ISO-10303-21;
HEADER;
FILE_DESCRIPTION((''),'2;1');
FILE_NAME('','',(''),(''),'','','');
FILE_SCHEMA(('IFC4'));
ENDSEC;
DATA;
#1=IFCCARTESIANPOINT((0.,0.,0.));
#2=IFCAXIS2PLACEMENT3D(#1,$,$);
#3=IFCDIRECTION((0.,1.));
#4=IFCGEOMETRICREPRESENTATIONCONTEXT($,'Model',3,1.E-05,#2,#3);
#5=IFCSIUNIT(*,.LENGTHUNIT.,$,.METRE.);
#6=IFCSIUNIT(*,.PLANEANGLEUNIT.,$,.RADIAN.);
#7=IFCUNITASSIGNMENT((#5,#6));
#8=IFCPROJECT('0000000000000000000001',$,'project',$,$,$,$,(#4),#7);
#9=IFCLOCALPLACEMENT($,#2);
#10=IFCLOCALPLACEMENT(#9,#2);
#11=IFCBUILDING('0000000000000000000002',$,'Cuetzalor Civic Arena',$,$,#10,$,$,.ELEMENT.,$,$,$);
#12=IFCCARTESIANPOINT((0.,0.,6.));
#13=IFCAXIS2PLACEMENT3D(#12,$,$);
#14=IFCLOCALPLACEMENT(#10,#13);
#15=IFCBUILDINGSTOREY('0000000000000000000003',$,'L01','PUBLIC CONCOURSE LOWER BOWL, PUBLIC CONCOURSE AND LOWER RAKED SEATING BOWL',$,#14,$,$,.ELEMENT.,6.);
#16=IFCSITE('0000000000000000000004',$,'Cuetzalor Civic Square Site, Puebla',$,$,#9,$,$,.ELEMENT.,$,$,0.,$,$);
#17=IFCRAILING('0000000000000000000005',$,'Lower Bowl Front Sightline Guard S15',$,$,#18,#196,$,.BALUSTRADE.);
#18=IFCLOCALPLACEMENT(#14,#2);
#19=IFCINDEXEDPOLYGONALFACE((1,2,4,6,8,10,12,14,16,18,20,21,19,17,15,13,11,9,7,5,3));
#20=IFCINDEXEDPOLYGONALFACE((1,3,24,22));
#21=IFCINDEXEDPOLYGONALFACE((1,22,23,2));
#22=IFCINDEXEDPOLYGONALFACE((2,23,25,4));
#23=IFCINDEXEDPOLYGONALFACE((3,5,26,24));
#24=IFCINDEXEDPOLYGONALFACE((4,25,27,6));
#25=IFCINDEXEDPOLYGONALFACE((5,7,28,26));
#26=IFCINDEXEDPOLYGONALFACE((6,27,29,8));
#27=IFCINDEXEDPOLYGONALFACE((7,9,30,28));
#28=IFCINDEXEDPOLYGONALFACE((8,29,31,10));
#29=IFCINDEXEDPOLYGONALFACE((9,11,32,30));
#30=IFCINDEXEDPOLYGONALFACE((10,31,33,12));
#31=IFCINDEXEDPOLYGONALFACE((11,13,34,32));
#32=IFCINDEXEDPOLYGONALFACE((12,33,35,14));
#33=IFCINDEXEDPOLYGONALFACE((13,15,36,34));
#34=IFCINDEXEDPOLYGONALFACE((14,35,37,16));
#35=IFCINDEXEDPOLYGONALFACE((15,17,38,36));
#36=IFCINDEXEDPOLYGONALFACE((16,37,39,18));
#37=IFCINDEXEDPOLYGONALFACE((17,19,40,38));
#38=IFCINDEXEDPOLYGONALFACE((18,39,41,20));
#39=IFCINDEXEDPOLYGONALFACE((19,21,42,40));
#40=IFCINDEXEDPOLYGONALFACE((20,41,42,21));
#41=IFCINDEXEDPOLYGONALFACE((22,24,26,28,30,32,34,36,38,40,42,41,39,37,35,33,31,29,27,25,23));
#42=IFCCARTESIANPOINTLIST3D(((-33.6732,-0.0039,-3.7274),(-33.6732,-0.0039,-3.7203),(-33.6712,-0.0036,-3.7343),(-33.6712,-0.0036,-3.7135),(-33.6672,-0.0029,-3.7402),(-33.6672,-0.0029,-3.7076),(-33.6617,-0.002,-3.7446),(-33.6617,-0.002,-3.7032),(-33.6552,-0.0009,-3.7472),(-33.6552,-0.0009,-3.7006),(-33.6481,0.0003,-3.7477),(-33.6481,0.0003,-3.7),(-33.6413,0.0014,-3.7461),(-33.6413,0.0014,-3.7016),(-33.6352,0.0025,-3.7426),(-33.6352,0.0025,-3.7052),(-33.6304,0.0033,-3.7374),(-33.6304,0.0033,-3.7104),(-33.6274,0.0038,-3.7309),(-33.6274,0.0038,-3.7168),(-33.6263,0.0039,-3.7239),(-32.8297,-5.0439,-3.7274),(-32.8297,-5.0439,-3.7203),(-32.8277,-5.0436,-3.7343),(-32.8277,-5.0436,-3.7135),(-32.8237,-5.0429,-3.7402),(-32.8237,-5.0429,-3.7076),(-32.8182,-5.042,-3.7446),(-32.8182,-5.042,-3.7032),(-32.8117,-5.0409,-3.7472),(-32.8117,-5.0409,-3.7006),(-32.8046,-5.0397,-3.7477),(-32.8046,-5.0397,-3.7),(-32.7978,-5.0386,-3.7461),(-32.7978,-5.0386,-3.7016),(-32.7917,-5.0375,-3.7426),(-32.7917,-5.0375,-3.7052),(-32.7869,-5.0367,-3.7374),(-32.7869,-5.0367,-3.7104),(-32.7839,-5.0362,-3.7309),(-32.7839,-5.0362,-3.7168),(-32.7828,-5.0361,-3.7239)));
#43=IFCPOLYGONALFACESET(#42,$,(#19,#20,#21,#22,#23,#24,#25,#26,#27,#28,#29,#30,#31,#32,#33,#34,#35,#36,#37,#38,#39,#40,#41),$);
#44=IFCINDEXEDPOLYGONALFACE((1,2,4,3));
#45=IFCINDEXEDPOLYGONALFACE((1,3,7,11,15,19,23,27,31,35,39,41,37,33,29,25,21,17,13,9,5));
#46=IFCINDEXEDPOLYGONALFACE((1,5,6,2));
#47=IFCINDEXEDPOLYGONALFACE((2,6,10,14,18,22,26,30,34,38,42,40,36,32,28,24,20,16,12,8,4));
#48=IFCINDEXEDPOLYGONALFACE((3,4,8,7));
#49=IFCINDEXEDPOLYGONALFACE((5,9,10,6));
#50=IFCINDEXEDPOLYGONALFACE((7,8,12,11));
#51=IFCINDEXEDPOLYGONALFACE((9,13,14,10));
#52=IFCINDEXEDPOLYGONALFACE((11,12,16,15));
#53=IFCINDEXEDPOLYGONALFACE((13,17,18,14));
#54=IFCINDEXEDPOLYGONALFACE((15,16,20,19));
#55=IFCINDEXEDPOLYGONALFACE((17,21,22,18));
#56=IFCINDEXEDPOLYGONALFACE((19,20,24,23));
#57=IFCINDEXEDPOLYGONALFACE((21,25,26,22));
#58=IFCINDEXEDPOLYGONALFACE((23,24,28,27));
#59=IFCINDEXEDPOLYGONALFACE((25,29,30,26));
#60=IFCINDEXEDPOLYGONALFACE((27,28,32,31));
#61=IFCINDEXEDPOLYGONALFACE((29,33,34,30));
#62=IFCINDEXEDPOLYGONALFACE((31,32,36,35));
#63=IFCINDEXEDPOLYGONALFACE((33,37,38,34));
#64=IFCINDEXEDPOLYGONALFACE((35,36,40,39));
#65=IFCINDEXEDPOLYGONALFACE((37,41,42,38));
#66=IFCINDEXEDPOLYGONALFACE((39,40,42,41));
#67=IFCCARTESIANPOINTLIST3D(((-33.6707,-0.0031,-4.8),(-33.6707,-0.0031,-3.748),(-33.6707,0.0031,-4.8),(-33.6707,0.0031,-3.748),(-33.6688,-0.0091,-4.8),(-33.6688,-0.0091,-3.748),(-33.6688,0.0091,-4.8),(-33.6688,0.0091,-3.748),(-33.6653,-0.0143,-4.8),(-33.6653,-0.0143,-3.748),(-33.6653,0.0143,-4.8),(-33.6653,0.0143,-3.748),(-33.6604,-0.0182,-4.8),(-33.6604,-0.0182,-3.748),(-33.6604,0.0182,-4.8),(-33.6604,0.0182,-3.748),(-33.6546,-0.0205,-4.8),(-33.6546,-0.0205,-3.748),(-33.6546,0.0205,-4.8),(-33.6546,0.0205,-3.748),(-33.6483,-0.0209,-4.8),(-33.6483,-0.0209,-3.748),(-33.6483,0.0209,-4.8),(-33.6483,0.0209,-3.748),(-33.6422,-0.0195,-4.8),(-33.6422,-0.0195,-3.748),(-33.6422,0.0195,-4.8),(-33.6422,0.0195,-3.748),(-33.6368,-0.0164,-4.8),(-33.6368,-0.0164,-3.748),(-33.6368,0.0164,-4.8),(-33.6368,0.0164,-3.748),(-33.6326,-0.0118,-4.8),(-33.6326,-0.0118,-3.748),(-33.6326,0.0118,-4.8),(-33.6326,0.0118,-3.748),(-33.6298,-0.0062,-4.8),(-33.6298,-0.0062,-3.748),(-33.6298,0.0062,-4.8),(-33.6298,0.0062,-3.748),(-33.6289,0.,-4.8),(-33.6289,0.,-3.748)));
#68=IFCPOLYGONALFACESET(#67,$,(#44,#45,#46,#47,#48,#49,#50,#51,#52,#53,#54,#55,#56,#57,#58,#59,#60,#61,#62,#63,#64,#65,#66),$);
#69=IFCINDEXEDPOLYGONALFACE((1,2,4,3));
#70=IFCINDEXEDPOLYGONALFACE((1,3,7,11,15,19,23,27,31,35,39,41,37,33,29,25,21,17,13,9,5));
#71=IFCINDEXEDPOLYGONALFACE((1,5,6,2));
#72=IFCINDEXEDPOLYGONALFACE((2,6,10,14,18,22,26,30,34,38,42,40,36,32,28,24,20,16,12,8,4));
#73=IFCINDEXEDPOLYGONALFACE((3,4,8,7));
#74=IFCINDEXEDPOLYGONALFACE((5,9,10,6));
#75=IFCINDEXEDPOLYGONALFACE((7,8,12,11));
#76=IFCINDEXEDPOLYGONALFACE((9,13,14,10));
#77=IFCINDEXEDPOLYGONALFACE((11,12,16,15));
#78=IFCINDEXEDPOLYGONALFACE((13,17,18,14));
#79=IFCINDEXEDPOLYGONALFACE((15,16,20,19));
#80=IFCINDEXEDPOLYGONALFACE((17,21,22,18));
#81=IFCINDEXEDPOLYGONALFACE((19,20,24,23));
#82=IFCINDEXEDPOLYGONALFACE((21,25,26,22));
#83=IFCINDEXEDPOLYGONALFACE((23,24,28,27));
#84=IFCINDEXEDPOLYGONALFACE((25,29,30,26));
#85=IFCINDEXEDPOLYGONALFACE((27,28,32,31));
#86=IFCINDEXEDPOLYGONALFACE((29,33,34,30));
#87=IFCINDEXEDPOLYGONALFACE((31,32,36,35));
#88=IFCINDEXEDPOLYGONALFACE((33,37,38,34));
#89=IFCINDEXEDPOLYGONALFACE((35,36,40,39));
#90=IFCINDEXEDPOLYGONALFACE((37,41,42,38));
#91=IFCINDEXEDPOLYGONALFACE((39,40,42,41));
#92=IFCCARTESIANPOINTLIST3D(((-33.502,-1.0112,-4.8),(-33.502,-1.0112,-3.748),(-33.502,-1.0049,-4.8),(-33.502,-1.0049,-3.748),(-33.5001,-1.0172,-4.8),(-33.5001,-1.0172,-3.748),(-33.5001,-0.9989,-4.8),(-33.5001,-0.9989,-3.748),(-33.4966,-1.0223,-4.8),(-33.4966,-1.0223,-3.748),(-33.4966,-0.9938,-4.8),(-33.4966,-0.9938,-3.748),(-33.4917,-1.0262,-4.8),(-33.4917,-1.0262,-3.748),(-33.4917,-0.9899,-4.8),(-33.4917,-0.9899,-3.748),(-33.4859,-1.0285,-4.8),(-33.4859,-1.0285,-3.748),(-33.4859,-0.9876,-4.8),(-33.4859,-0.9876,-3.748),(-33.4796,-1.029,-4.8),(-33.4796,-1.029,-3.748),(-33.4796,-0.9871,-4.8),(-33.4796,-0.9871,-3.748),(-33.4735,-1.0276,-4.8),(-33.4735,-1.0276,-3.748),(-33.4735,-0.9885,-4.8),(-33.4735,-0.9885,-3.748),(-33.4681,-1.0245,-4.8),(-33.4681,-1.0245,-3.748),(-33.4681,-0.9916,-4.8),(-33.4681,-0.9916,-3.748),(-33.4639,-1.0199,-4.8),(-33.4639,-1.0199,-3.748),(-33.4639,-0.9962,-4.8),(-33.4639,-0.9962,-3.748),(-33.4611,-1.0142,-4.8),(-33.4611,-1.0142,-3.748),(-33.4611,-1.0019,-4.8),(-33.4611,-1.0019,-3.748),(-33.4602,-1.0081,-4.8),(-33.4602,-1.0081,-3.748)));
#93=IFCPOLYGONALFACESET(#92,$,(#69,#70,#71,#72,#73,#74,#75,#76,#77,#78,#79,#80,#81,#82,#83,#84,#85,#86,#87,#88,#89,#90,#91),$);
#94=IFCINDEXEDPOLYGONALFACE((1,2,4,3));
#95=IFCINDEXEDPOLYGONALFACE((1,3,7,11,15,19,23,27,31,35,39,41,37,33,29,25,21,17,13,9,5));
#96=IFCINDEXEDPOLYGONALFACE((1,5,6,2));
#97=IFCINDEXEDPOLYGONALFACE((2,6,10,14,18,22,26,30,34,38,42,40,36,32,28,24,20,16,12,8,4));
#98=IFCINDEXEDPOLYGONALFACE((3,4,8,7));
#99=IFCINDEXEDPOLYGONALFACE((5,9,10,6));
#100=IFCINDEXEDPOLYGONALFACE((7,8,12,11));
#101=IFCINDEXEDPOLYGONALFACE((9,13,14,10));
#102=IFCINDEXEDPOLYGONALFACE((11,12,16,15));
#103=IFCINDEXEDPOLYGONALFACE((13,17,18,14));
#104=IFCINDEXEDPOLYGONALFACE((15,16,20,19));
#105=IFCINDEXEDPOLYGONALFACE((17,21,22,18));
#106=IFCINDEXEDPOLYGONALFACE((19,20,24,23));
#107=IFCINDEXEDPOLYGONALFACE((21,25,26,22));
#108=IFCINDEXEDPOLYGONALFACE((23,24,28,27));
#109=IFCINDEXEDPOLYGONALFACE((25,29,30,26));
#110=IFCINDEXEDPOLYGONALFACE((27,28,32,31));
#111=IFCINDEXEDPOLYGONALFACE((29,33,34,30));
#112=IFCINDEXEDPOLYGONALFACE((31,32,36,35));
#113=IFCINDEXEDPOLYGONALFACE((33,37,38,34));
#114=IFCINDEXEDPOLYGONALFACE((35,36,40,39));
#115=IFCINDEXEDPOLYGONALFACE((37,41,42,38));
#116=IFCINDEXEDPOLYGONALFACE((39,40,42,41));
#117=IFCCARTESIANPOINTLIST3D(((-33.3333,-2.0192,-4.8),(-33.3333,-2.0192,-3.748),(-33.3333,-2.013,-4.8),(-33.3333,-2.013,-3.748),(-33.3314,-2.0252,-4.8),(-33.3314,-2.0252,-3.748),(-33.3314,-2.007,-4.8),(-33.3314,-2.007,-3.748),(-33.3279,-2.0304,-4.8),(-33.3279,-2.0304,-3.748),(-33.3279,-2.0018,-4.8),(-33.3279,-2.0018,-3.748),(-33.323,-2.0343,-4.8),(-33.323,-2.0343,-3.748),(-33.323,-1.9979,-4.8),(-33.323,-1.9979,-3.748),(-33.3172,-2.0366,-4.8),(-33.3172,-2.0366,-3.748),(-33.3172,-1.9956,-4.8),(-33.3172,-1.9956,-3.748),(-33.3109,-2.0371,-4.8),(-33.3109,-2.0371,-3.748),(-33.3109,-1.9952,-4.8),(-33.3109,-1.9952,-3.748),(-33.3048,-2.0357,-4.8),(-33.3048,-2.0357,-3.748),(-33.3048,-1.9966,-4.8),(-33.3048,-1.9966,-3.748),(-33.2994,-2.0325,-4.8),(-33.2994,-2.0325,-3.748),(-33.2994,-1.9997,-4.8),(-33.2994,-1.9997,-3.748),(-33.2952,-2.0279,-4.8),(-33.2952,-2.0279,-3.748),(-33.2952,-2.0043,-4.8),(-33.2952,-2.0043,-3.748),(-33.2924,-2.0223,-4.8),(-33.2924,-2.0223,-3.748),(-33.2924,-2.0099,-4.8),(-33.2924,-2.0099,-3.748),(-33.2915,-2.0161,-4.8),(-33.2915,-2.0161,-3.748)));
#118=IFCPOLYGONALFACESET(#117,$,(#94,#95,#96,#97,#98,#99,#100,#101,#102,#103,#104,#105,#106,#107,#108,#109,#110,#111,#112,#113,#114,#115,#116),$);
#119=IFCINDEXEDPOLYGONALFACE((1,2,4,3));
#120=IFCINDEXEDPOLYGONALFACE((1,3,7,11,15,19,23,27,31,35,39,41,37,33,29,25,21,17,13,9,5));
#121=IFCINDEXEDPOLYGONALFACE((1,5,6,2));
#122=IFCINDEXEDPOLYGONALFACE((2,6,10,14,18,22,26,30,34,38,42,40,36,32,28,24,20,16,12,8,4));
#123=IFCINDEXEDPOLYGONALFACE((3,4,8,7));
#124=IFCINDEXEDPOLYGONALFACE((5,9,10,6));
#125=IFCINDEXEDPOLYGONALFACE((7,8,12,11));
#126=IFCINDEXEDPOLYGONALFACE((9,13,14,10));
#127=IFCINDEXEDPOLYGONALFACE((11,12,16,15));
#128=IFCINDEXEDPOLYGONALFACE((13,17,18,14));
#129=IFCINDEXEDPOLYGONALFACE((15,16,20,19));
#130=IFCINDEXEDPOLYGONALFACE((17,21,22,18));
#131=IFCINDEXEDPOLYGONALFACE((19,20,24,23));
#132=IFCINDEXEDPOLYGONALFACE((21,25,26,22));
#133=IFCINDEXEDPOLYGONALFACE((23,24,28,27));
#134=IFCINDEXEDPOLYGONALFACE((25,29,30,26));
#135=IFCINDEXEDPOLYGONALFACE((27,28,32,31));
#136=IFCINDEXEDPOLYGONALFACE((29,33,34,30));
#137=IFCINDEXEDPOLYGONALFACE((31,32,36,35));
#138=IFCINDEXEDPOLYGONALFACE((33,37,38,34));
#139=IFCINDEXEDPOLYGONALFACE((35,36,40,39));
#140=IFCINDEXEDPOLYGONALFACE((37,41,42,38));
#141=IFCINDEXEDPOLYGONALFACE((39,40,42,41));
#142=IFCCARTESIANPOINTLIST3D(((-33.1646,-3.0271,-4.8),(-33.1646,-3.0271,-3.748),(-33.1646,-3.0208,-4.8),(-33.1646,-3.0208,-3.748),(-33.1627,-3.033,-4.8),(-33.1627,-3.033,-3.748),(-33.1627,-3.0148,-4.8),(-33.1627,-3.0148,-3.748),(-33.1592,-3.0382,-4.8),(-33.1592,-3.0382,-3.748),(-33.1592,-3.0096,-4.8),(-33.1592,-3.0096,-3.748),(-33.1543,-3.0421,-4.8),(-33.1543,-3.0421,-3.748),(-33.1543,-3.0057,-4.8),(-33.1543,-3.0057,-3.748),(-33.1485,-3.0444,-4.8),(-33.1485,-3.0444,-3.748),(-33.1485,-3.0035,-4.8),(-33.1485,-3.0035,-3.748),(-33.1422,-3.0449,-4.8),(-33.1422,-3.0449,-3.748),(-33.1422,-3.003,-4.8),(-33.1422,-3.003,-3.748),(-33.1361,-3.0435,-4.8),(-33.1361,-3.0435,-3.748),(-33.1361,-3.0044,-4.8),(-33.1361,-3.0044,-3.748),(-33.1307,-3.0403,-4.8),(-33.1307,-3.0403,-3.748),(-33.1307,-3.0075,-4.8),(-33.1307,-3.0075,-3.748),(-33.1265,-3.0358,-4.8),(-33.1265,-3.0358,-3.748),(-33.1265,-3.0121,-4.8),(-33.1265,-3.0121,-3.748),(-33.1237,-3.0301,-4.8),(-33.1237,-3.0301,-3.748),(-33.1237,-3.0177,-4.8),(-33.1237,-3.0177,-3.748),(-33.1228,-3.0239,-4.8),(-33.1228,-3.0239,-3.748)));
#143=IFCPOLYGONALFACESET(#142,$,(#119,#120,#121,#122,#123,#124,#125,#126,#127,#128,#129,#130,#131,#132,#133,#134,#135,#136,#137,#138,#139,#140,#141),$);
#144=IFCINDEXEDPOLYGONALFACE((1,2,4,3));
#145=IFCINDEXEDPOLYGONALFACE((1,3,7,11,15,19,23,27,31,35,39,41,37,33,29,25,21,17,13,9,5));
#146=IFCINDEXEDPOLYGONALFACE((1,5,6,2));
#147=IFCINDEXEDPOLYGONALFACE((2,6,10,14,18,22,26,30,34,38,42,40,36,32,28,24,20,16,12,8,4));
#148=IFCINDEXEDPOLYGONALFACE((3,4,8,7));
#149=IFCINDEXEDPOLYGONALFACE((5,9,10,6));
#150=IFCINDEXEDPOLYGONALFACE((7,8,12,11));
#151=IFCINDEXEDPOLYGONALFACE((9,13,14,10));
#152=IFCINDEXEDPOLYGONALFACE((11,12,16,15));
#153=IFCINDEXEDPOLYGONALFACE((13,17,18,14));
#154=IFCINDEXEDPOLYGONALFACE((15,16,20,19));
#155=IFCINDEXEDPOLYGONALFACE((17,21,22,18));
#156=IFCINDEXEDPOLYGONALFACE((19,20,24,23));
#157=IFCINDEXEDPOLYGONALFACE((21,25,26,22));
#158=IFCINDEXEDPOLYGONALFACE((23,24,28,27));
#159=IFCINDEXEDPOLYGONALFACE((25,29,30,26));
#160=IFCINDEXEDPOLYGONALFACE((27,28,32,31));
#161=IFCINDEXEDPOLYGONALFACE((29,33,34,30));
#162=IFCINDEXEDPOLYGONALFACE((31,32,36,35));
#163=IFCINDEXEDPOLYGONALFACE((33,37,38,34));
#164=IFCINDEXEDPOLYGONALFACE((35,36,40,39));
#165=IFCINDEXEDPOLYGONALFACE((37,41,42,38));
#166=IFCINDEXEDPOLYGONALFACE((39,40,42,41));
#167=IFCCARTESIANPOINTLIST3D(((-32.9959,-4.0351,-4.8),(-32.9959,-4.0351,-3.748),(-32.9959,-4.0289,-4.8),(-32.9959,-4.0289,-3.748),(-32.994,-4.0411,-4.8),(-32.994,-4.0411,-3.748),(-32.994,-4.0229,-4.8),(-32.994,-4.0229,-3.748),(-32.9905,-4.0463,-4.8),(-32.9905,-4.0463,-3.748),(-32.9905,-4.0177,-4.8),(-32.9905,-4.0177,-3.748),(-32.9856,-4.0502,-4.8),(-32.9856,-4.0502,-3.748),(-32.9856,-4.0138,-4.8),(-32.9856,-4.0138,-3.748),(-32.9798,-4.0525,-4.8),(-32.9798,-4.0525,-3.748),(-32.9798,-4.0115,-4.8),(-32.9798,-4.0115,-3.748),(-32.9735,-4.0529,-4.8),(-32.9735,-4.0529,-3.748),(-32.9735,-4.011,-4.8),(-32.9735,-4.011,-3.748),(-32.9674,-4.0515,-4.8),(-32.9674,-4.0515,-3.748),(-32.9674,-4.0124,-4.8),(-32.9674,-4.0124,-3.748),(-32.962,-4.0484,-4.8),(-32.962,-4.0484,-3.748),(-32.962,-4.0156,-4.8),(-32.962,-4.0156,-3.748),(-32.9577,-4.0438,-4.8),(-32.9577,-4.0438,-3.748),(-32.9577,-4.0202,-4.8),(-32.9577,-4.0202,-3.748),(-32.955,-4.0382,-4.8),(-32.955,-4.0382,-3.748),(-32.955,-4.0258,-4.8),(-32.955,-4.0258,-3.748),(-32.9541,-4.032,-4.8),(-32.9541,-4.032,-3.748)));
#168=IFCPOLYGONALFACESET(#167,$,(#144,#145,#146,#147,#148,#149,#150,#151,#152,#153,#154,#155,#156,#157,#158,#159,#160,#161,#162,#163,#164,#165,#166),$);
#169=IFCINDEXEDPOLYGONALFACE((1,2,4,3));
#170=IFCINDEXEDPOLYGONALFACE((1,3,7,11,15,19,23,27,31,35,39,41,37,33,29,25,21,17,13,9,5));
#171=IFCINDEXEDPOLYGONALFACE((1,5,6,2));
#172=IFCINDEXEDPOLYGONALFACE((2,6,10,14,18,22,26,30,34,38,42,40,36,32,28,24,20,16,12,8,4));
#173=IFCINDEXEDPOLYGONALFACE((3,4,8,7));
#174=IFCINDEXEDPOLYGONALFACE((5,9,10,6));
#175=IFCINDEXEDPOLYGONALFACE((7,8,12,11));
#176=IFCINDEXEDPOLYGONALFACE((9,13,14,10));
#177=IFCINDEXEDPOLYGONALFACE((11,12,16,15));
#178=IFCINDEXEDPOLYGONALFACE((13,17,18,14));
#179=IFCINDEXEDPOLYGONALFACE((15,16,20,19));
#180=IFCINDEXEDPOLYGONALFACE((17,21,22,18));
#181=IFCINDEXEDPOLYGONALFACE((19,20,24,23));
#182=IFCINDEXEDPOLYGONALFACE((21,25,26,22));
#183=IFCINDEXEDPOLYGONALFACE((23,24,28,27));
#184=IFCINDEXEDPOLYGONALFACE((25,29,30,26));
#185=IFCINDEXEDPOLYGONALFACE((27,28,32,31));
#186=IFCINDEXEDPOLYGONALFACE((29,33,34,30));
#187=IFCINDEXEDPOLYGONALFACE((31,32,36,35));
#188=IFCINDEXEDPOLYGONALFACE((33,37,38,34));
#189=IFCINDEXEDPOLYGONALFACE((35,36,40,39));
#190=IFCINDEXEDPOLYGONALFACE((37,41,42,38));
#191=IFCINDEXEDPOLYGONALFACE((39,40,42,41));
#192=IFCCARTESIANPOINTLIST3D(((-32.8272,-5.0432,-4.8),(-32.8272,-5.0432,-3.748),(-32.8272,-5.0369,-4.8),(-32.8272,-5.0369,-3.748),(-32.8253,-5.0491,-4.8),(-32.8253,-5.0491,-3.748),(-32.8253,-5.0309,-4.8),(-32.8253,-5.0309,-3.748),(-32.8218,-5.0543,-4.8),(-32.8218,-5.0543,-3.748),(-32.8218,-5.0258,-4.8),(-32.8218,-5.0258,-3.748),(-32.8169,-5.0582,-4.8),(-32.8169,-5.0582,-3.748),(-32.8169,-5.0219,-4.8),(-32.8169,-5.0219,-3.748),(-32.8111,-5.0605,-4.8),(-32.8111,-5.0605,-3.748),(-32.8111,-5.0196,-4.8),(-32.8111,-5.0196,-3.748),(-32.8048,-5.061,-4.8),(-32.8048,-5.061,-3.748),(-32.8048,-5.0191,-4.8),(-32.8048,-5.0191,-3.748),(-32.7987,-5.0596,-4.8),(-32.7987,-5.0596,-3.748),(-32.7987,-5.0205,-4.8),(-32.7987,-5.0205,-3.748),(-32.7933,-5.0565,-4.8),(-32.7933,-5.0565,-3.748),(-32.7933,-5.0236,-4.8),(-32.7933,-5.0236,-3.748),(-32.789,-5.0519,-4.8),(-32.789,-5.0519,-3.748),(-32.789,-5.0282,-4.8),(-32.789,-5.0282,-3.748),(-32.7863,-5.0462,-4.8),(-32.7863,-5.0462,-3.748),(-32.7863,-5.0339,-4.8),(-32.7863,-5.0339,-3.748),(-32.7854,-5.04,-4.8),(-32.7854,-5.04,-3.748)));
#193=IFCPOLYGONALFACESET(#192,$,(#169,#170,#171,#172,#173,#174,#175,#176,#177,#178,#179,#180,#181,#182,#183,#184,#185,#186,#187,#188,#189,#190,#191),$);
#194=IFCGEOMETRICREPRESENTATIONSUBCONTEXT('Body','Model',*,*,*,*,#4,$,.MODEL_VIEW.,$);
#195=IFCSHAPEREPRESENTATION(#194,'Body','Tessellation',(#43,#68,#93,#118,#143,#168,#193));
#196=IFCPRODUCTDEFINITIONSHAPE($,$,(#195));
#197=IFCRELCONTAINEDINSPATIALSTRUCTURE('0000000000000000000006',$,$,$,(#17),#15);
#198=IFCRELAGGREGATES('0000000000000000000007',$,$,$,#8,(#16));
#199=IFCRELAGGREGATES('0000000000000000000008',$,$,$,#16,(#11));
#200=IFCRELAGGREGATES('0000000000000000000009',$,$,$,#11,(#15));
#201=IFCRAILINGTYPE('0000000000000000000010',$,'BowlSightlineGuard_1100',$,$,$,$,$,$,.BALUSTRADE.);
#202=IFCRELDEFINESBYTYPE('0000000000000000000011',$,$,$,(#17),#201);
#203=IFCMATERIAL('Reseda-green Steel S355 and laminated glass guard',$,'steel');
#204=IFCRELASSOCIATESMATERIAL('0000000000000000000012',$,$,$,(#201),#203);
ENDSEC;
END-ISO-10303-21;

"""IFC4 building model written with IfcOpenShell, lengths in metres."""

from ifc_helpers import new_model, si_unit, direction, frame, origin, origin_2d, place, context, subcontext, project, spatial, circle, extrude, material, type_object, element, save


model = new_model("IFC4")

# Units and contexts
model_context = context("Model", 3, precision=1e-05, world=origin(), true_north=direction((0.0, 1.0)))
body_context = subcontext(model_context, "Body", "Model", "MODEL_VIEW")
ifc_project = project(units=[si_unit("LENGTHUNIT", "METRE"), si_unit("PLANEANGLEUNIT", "RADIAN")], contexts=[model_context])

# Site, building, storey
site_placement = place(None, origin())
site = spatial("IfcSite", under=ifc_project, at=site_placement, Name="Cuetzalor Civic Square Site, Puebla", CompositionType="ELEMENT", RefElevation=0.0)
building_placement = place(site_placement, origin())
building = spatial("IfcBuilding", under=site, at=building_placement, Name="Cuetzalor Civic Arena", CompositionType="ELEMENT")
storey_placement = place(building_placement, frame((0.0, 0.0, 6.0)))
storey = spatial("IfcBuildingStorey", under=building, at=storey_placement, Name="L01", Description="PUBLIC CONCOURSE LOWER BOWL, PUBLIC CONCOURSE AND LOWER RAKED SEATING BOWL", CompositionType="ELEMENT", Elevation=6.0)

# Railing
ifc_material_1 = material(Name="Reseda-green Steel S355 and laminated glass guard", Category="steel")
railing_type = type_object("IfcRailingType", Name="BowlSightlineGuard_1100", PredefinedType="BALUSTRADE", material=ifc_material_1)
railing_1_placement = place(storey_placement, frame((-33.6499, 0.0, -4.8)))
element("IfcRailing", 1, at=railing_1_placement, inside=storey, type_object=railing_type, Name="Lower Bowl Front Sightline Guard S15", PredefinedType="BALUSTRADE", context=body_context, shape_type="SweptSolid", body=[
    extrude(circle(Radius=0.0239, at=origin_2d()), frame((0.0, 0.0, 1.0762), z_axis=(0.165065, -0.986283, 0.0), x_axis=(0.986283, 0.165065, 0.0)), (0.0, 0.0, 1.0), 5.1101),
    extrude(circle(Radius=0.021, at=origin_2d()), origin(), (0.0, 0.0, 1.0), 1.052),
    extrude(circle(Radius=0.021, at=origin_2d()), frame((0.1687, -1.0081, 0.0)), (0.0, 0.0, 1.0), 1.052),
    extrude(circle(Radius=0.021, at=origin_2d()), frame((0.3374, -2.0161, 0.0)), (0.0, 0.0, 1.0), 1.052),
    extrude(circle(Radius=0.021, at=origin_2d()), frame((0.5061, -3.0239, 0.0)), (0.0, 0.0, 1.0), 1.052),
    extrude(circle(Radius=0.021, at=origin_2d()), frame((0.6748, -4.032, 0.0)), (0.0, 0.0, 1.0), 1.052),
    extrude(circle(Radius=0.021, at=origin_2d()), frame((0.8435, -5.04, 0.0)), (0.0, 0.0, 1.0), 1.052),
])

save(model, "model.ifc")
